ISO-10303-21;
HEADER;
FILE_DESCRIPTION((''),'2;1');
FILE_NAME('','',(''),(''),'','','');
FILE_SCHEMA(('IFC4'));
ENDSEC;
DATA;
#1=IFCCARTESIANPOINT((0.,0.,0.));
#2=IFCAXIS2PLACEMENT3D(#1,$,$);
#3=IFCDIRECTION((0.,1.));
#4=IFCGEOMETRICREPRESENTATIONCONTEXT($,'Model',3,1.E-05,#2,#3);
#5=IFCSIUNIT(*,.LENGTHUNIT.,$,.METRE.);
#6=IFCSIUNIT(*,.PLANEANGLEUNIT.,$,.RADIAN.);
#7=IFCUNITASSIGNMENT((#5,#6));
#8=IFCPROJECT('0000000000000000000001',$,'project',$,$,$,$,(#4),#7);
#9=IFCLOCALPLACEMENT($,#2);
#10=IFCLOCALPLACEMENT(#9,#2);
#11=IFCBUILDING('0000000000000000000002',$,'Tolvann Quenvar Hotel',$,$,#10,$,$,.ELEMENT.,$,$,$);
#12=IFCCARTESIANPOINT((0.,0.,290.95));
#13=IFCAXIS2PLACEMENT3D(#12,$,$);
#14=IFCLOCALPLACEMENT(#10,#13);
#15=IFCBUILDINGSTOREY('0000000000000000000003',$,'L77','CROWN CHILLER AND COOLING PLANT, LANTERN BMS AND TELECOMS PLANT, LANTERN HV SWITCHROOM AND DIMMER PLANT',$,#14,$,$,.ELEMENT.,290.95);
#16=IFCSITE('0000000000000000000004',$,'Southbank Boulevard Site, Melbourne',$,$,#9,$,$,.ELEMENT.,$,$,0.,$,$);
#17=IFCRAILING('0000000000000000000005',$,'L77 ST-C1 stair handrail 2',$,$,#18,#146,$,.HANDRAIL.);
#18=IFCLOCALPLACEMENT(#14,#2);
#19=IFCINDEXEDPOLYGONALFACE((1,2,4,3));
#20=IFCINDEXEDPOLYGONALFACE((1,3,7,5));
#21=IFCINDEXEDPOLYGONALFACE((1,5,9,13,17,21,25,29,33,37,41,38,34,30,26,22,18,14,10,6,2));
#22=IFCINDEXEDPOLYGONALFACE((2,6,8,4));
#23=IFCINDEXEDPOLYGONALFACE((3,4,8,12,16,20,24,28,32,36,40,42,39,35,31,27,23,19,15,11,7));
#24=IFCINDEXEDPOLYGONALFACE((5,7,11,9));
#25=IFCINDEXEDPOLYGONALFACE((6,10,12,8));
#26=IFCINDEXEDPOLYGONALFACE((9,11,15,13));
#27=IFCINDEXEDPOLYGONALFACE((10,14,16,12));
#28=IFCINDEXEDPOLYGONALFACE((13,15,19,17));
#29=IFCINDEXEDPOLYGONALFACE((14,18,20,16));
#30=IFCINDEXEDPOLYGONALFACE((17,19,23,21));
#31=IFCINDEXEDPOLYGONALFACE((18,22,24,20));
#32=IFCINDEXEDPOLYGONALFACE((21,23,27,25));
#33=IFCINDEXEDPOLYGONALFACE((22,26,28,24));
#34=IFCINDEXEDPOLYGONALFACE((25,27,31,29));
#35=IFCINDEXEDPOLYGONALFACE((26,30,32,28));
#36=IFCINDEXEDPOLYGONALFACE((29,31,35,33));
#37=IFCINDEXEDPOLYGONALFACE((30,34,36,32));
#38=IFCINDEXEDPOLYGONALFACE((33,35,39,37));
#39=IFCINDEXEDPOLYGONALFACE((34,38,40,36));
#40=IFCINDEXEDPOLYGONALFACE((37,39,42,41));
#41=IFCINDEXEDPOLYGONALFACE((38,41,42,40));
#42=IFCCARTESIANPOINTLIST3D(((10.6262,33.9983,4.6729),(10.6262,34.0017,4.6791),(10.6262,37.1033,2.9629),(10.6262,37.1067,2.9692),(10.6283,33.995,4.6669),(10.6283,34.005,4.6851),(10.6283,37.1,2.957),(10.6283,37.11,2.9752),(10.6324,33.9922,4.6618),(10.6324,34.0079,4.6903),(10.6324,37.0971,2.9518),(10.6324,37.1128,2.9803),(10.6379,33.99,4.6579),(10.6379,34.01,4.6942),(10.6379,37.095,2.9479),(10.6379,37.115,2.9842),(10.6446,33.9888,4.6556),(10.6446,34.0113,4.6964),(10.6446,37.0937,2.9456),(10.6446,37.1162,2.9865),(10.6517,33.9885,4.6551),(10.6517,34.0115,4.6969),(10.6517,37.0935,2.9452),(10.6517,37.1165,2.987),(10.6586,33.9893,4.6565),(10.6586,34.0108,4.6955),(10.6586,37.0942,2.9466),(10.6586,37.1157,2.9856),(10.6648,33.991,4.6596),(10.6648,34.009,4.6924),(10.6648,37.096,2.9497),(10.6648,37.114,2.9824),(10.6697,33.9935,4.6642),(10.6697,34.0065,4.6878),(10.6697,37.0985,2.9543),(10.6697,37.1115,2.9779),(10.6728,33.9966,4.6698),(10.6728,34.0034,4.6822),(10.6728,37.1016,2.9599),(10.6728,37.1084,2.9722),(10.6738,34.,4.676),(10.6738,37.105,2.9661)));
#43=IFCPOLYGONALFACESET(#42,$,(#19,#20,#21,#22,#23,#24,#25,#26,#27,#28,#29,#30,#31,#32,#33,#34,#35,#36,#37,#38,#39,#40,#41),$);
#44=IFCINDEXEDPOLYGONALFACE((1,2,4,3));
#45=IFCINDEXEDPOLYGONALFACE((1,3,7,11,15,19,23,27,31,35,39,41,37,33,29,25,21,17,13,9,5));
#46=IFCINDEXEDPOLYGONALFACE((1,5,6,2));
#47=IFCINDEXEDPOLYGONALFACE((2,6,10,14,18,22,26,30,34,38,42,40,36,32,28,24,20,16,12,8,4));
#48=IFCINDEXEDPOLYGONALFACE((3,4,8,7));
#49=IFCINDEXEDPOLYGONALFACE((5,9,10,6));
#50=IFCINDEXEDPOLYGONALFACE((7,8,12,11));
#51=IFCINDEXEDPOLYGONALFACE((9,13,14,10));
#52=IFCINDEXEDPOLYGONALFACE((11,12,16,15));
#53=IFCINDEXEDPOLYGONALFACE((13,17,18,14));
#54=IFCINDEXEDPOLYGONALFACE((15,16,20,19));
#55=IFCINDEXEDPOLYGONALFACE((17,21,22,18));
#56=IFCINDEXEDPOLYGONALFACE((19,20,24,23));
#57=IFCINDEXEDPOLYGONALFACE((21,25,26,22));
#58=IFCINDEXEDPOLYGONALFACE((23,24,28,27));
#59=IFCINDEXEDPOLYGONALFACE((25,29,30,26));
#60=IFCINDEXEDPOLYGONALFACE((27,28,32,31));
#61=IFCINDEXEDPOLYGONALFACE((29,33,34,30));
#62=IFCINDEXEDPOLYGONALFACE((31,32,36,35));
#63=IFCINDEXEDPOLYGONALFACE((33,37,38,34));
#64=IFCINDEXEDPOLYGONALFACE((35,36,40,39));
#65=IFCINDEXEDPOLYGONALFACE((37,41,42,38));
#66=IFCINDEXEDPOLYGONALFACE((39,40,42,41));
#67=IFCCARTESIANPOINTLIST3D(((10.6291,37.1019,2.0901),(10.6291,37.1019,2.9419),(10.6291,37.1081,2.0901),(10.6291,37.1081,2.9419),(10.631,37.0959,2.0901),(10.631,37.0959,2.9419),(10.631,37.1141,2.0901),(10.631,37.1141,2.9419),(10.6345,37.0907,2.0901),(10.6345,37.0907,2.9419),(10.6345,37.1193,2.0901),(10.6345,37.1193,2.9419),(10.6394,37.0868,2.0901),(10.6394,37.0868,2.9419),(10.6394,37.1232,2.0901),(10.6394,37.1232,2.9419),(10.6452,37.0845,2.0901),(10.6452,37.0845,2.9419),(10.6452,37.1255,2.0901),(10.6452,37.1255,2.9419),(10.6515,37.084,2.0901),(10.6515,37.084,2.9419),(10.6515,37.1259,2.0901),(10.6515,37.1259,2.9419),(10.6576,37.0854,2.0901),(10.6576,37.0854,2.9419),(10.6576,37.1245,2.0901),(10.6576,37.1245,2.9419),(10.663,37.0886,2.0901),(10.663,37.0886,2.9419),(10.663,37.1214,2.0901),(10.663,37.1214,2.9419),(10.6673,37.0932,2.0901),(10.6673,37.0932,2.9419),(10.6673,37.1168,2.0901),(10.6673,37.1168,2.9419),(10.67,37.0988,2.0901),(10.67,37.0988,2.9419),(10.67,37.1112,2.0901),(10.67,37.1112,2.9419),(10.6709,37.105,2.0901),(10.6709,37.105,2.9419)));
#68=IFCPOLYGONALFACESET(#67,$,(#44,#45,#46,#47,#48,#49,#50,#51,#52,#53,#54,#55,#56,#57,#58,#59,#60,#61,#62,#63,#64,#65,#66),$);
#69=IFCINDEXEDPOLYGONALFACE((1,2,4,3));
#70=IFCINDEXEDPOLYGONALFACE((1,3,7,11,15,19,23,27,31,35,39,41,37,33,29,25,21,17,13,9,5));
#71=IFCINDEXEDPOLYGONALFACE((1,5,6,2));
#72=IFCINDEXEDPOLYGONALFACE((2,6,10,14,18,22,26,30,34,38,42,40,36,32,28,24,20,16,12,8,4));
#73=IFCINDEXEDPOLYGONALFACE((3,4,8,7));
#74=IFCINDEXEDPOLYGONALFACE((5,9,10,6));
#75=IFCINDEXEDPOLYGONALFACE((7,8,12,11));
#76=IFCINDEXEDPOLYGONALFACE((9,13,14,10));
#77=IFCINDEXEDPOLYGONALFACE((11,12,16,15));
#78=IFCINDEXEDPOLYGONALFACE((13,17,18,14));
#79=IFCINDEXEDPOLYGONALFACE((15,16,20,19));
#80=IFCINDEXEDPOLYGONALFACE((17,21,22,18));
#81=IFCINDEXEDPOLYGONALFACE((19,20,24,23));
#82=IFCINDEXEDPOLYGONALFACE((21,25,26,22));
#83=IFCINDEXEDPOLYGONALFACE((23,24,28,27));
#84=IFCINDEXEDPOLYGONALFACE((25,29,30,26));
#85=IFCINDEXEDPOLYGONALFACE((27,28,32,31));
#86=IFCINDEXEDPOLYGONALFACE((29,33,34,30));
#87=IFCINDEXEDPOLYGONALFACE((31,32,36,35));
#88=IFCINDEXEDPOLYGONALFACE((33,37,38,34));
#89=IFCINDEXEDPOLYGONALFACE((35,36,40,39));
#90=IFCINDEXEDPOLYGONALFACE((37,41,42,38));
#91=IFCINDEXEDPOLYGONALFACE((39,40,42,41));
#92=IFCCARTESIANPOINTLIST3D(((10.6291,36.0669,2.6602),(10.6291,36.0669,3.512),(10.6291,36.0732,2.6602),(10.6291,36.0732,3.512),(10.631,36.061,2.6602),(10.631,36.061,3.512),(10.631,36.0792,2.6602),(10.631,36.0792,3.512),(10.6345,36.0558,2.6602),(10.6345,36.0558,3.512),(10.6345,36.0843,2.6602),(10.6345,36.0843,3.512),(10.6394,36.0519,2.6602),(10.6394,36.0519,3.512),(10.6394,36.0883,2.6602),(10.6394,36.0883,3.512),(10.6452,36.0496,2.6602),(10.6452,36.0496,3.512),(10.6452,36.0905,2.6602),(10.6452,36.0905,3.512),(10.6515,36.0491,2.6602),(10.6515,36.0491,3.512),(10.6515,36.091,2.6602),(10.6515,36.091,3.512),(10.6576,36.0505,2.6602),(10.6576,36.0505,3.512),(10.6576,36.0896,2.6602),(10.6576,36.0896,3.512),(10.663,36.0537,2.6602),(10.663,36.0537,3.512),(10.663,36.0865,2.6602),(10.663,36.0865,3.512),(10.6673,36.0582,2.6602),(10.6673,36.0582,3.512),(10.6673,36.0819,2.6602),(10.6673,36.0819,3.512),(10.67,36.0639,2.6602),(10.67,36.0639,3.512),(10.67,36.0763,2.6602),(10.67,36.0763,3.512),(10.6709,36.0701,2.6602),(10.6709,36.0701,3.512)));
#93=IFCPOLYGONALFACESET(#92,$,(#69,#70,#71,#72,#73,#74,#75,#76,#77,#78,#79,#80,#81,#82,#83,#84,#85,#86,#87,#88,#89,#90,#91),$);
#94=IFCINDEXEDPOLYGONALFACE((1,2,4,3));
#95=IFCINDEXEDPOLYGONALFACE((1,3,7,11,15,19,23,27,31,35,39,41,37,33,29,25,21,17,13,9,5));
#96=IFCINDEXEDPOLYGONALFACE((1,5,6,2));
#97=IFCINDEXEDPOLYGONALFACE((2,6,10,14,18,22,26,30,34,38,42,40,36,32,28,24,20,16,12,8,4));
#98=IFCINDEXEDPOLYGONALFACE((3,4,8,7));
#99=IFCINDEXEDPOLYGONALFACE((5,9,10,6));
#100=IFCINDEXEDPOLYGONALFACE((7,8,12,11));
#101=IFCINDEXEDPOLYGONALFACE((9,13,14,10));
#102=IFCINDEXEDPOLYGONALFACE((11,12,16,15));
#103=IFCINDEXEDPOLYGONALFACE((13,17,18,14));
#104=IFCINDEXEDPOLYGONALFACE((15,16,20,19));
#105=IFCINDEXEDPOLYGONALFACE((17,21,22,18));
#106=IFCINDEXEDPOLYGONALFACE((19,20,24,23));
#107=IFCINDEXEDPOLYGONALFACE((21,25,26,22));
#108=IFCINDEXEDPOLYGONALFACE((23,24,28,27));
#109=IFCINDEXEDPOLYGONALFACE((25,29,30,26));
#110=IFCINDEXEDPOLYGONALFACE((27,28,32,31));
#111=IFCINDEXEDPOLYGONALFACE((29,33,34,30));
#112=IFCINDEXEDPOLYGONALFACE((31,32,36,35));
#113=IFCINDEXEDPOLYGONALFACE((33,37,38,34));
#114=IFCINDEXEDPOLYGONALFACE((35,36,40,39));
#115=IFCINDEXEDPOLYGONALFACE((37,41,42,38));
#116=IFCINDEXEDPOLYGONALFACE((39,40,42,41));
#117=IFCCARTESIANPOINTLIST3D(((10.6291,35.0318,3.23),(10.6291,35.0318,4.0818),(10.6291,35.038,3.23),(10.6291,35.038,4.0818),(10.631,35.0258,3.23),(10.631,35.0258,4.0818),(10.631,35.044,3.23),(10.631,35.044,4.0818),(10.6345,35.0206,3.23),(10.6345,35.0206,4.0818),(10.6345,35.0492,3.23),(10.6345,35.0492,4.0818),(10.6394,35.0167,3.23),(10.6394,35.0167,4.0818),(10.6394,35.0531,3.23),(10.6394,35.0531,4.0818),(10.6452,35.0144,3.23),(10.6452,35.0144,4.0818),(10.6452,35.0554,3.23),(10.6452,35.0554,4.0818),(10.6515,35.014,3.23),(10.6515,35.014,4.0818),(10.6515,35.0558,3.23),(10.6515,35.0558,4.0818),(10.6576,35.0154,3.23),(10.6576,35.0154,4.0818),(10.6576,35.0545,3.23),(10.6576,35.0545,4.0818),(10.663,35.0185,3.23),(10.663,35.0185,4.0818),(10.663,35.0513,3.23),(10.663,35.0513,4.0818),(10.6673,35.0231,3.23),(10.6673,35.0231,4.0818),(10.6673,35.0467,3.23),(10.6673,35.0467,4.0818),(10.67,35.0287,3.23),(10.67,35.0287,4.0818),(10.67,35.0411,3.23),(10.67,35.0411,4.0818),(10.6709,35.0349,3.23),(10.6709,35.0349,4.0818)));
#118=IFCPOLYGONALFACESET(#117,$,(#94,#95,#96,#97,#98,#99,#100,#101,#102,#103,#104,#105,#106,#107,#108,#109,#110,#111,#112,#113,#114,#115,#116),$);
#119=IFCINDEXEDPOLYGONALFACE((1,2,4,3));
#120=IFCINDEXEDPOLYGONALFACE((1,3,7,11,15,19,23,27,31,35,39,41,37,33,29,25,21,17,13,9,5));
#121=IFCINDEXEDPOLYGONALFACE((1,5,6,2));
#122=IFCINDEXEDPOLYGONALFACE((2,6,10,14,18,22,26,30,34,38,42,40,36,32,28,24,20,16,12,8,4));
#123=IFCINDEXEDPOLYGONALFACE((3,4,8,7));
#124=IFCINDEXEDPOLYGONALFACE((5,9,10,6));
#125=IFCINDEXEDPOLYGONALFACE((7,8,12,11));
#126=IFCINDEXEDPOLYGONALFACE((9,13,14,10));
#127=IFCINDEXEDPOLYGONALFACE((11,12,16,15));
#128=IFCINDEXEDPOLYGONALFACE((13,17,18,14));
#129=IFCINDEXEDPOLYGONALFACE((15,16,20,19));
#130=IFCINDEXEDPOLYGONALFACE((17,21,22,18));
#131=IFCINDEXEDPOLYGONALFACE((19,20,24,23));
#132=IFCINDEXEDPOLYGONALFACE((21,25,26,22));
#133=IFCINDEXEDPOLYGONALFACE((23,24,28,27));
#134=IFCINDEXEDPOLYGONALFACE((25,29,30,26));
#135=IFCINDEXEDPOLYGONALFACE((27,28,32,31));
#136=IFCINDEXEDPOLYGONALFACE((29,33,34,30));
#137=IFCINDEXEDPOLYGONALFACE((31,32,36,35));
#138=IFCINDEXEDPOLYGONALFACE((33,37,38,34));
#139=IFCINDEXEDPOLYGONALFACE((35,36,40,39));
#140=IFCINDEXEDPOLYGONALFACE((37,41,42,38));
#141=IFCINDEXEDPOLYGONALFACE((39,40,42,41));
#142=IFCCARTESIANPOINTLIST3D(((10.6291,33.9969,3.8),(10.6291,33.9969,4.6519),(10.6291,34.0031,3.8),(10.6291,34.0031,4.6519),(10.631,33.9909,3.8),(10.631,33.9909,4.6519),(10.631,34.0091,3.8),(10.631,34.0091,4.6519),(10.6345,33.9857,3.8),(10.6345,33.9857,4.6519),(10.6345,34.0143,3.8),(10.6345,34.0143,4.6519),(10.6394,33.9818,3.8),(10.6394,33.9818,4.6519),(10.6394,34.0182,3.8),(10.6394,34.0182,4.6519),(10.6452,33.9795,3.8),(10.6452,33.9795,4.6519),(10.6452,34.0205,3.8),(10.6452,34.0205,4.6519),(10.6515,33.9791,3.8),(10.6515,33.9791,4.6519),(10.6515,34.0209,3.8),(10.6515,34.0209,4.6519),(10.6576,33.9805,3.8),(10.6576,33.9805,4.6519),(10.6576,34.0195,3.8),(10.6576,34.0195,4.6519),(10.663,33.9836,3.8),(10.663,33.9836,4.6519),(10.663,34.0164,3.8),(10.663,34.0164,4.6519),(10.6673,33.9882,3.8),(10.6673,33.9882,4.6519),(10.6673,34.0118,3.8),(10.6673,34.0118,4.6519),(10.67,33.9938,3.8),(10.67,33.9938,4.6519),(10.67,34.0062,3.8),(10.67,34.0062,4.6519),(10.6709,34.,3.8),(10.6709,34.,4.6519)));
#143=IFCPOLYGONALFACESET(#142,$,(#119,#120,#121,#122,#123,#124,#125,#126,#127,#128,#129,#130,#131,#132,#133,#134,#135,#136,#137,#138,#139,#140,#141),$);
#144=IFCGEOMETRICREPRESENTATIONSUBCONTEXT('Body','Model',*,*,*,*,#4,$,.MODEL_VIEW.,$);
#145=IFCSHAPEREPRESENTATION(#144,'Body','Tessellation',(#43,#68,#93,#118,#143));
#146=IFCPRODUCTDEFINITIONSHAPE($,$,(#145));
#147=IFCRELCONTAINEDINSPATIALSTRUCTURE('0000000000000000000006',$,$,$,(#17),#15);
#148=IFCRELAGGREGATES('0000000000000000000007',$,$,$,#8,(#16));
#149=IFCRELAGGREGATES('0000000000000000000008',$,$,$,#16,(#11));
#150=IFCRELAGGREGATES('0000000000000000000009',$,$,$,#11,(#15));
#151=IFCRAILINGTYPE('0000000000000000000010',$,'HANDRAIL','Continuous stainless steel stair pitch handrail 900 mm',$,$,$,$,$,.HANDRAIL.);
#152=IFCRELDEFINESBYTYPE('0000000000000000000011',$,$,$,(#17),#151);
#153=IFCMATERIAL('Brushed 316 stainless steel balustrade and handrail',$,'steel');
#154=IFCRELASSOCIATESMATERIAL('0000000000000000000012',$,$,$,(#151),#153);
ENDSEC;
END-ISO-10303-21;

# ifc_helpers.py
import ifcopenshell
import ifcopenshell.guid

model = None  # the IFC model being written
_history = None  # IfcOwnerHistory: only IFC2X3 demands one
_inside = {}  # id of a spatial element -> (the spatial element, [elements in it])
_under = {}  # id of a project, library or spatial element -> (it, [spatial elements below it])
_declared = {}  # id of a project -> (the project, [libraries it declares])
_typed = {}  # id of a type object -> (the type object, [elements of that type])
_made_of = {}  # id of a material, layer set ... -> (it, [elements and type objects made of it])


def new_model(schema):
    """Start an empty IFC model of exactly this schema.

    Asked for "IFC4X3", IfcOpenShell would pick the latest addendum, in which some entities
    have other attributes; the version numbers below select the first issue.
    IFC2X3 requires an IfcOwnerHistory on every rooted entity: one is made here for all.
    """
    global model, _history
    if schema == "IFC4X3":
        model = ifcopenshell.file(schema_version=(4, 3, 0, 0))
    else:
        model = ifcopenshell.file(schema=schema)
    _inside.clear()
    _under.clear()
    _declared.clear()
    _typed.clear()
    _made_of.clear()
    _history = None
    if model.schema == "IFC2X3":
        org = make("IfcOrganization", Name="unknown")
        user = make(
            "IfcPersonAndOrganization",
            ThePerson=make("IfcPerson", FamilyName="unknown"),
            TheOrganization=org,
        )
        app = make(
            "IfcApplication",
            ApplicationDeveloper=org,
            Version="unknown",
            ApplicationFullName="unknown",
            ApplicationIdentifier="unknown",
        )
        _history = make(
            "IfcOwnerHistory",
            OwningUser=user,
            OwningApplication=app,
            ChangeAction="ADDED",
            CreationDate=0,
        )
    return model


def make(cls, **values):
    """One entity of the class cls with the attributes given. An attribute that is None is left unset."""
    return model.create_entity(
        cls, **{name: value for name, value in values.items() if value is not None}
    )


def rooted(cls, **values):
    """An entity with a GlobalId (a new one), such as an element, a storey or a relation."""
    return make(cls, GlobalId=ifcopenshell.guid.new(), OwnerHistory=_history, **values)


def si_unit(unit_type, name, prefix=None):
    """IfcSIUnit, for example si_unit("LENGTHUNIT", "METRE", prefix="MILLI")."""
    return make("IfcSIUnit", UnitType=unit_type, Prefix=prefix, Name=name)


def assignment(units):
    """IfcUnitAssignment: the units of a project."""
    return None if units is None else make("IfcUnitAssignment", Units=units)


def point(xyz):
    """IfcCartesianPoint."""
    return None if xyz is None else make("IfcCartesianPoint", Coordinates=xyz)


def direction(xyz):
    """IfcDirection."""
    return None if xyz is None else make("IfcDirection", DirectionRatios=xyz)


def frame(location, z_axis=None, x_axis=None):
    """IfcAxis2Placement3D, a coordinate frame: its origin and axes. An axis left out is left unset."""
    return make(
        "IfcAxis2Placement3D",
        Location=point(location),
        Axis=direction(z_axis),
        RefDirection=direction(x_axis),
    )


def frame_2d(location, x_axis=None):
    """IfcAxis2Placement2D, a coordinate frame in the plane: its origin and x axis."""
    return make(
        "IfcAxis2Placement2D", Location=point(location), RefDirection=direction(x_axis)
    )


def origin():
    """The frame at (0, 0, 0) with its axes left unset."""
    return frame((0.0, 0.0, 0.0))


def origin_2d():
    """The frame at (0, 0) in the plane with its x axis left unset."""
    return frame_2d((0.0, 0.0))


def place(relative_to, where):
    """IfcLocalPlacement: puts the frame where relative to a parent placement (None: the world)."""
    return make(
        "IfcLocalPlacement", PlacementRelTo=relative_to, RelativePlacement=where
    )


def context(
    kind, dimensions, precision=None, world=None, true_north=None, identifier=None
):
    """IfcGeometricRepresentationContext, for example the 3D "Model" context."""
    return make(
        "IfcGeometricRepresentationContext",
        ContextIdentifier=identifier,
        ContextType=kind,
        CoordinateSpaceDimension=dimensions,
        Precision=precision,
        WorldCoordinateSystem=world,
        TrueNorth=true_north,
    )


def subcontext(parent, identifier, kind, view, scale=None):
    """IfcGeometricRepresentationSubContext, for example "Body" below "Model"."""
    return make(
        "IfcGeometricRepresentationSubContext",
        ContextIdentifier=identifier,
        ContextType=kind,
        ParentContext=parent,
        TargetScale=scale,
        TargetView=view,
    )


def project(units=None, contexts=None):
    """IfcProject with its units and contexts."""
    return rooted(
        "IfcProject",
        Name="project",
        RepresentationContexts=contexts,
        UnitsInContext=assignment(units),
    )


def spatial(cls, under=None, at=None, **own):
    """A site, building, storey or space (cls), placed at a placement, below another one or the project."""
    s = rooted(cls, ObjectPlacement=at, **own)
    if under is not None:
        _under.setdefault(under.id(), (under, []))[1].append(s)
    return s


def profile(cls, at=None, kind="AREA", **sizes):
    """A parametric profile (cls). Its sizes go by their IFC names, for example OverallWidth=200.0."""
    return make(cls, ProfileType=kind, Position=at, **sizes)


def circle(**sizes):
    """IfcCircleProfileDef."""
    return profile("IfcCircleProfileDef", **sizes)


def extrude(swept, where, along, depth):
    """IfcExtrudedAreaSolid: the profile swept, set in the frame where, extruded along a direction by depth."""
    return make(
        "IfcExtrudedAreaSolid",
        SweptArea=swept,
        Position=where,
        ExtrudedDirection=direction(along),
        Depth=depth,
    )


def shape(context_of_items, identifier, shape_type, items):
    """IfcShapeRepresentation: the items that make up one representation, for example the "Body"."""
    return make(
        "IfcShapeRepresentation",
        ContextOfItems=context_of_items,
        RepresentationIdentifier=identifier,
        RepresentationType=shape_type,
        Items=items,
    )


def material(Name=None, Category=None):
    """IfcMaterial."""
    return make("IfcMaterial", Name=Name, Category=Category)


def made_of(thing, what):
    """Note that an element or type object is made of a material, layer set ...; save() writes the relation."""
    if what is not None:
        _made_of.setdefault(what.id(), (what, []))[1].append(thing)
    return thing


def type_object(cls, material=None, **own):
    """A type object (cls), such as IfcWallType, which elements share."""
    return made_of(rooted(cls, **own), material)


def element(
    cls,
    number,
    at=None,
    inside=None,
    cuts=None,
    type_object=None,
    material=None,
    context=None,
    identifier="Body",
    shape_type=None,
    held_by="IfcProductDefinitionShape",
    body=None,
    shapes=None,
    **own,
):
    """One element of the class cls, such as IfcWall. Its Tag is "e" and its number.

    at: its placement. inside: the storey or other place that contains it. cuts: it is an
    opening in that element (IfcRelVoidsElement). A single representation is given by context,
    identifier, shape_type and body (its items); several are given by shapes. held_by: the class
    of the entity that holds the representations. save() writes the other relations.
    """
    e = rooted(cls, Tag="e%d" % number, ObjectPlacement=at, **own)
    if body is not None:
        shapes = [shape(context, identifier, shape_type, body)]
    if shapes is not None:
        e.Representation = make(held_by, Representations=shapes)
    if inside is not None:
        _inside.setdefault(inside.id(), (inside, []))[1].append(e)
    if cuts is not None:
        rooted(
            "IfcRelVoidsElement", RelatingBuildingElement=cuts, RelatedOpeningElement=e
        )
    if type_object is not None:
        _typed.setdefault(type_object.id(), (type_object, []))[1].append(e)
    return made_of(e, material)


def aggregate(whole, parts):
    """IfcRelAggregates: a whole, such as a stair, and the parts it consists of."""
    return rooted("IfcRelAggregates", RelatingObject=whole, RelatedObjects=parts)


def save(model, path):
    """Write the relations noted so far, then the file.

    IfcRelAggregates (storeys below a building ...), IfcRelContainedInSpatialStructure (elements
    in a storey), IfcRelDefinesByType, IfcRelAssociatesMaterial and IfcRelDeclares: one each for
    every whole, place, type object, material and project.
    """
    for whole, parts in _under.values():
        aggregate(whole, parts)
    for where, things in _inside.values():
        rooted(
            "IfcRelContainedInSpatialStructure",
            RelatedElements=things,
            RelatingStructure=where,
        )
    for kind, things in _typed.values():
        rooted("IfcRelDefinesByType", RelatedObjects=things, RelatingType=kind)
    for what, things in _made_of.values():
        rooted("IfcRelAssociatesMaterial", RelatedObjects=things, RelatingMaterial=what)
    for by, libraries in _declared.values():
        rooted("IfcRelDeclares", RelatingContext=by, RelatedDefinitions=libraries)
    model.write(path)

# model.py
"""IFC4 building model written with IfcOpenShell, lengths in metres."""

from ifc_helpers import new_model, si_unit, direction, frame, origin, origin_2d, place, context, subcontext, project, spatial, circle, extrude, material, type_object, element, save


model = new_model("IFC4")

# Units and contexts
model_context = context("Model", 3, precision=1e-05, world=origin(), true_north=direction((0.0, 1.0)))
body_context = subcontext(model_context, "Body", "Model", "MODEL_VIEW")
ifc_project = project(units=[si_unit("LENGTHUNIT", "METRE"), si_unit("PLANEANGLEUNIT", "RADIAN")], contexts=[model_context])

# Site, building, storey
site_placement = place(None, origin())
site = spatial("IfcSite", under=ifc_project, at=site_placement, Name="Southbank Boulevard Site, Melbourne", CompositionType="ELEMENT", RefElevation=0.0)
building_placement = place(site_placement, origin())
building = spatial("IfcBuilding", under=site, at=building_placement, Name="Tolvann Quenvar Hotel", CompositionType="ELEMENT")
storey_placement = place(building_placement, frame((0.0, 0.0, 290.95)))
storey = spatial("IfcBuildingStorey", under=building, at=storey_placement, Name="L77", Description="CROWN CHILLER AND COOLING PLANT, LANTERN BMS AND TELECOMS PLANT, LANTERN HV SWITCHROOM AND DIMMER PLANT", CompositionType="ELEMENT", Elevation=290.95)

# Railing
ifc_material_1 = material(Name="Brushed 316 stainless steel balustrade and handrail", Category="steel")
railing_type_1 = type_object("IfcRailingType", Name="HANDRAIL", Description="Continuous stainless steel stair pitch handrail 900 mm", PredefinedType="HANDRAIL", material=ifc_material_1)
railing_1_placement = place(storey_placement, frame((10.6499, 37.105, 2.0901)))
element("IfcRailing", 1, at=railing_1_placement, inside=storey, type_object=railing_type_1, Name="L77 ST-C1 stair handrail 2", PredefinedType="HANDRAIL", context=body_context, shape_type="SweptSolid", body=[
    extrude(circle(Radius=0.0239, at=origin_2d()), frame((0.0, 0.0, 0.876), z_axis=(0.0, -0.875951, 0.4824), x_axis=(1.0, 0.0, 0.0)), (0.0, 0.0, 1.0), 3.5447),
    extrude(circle(Radius=0.021, at=origin_2d()), origin(), (0.0, 0.0, 1.0), 0.8518),
    extrude(circle(Radius=0.021, at=origin_2d()), frame((0.0, -1.0349, 0.5701)), (0.0, 0.0, 1.0), 0.8518),
    extrude(circle(Radius=0.021, at=origin_2d()), frame((0.0, -2.0701, 1.1399)), (0.0, 0.0, 1.0), 0.8518),
    extrude(circle(Radius=0.021, at=origin_2d()), frame((0.0, -3.105, 1.71)), (0.0, 0.0, 1.0), 0.8518),
])

save(model, "model.ifc")
